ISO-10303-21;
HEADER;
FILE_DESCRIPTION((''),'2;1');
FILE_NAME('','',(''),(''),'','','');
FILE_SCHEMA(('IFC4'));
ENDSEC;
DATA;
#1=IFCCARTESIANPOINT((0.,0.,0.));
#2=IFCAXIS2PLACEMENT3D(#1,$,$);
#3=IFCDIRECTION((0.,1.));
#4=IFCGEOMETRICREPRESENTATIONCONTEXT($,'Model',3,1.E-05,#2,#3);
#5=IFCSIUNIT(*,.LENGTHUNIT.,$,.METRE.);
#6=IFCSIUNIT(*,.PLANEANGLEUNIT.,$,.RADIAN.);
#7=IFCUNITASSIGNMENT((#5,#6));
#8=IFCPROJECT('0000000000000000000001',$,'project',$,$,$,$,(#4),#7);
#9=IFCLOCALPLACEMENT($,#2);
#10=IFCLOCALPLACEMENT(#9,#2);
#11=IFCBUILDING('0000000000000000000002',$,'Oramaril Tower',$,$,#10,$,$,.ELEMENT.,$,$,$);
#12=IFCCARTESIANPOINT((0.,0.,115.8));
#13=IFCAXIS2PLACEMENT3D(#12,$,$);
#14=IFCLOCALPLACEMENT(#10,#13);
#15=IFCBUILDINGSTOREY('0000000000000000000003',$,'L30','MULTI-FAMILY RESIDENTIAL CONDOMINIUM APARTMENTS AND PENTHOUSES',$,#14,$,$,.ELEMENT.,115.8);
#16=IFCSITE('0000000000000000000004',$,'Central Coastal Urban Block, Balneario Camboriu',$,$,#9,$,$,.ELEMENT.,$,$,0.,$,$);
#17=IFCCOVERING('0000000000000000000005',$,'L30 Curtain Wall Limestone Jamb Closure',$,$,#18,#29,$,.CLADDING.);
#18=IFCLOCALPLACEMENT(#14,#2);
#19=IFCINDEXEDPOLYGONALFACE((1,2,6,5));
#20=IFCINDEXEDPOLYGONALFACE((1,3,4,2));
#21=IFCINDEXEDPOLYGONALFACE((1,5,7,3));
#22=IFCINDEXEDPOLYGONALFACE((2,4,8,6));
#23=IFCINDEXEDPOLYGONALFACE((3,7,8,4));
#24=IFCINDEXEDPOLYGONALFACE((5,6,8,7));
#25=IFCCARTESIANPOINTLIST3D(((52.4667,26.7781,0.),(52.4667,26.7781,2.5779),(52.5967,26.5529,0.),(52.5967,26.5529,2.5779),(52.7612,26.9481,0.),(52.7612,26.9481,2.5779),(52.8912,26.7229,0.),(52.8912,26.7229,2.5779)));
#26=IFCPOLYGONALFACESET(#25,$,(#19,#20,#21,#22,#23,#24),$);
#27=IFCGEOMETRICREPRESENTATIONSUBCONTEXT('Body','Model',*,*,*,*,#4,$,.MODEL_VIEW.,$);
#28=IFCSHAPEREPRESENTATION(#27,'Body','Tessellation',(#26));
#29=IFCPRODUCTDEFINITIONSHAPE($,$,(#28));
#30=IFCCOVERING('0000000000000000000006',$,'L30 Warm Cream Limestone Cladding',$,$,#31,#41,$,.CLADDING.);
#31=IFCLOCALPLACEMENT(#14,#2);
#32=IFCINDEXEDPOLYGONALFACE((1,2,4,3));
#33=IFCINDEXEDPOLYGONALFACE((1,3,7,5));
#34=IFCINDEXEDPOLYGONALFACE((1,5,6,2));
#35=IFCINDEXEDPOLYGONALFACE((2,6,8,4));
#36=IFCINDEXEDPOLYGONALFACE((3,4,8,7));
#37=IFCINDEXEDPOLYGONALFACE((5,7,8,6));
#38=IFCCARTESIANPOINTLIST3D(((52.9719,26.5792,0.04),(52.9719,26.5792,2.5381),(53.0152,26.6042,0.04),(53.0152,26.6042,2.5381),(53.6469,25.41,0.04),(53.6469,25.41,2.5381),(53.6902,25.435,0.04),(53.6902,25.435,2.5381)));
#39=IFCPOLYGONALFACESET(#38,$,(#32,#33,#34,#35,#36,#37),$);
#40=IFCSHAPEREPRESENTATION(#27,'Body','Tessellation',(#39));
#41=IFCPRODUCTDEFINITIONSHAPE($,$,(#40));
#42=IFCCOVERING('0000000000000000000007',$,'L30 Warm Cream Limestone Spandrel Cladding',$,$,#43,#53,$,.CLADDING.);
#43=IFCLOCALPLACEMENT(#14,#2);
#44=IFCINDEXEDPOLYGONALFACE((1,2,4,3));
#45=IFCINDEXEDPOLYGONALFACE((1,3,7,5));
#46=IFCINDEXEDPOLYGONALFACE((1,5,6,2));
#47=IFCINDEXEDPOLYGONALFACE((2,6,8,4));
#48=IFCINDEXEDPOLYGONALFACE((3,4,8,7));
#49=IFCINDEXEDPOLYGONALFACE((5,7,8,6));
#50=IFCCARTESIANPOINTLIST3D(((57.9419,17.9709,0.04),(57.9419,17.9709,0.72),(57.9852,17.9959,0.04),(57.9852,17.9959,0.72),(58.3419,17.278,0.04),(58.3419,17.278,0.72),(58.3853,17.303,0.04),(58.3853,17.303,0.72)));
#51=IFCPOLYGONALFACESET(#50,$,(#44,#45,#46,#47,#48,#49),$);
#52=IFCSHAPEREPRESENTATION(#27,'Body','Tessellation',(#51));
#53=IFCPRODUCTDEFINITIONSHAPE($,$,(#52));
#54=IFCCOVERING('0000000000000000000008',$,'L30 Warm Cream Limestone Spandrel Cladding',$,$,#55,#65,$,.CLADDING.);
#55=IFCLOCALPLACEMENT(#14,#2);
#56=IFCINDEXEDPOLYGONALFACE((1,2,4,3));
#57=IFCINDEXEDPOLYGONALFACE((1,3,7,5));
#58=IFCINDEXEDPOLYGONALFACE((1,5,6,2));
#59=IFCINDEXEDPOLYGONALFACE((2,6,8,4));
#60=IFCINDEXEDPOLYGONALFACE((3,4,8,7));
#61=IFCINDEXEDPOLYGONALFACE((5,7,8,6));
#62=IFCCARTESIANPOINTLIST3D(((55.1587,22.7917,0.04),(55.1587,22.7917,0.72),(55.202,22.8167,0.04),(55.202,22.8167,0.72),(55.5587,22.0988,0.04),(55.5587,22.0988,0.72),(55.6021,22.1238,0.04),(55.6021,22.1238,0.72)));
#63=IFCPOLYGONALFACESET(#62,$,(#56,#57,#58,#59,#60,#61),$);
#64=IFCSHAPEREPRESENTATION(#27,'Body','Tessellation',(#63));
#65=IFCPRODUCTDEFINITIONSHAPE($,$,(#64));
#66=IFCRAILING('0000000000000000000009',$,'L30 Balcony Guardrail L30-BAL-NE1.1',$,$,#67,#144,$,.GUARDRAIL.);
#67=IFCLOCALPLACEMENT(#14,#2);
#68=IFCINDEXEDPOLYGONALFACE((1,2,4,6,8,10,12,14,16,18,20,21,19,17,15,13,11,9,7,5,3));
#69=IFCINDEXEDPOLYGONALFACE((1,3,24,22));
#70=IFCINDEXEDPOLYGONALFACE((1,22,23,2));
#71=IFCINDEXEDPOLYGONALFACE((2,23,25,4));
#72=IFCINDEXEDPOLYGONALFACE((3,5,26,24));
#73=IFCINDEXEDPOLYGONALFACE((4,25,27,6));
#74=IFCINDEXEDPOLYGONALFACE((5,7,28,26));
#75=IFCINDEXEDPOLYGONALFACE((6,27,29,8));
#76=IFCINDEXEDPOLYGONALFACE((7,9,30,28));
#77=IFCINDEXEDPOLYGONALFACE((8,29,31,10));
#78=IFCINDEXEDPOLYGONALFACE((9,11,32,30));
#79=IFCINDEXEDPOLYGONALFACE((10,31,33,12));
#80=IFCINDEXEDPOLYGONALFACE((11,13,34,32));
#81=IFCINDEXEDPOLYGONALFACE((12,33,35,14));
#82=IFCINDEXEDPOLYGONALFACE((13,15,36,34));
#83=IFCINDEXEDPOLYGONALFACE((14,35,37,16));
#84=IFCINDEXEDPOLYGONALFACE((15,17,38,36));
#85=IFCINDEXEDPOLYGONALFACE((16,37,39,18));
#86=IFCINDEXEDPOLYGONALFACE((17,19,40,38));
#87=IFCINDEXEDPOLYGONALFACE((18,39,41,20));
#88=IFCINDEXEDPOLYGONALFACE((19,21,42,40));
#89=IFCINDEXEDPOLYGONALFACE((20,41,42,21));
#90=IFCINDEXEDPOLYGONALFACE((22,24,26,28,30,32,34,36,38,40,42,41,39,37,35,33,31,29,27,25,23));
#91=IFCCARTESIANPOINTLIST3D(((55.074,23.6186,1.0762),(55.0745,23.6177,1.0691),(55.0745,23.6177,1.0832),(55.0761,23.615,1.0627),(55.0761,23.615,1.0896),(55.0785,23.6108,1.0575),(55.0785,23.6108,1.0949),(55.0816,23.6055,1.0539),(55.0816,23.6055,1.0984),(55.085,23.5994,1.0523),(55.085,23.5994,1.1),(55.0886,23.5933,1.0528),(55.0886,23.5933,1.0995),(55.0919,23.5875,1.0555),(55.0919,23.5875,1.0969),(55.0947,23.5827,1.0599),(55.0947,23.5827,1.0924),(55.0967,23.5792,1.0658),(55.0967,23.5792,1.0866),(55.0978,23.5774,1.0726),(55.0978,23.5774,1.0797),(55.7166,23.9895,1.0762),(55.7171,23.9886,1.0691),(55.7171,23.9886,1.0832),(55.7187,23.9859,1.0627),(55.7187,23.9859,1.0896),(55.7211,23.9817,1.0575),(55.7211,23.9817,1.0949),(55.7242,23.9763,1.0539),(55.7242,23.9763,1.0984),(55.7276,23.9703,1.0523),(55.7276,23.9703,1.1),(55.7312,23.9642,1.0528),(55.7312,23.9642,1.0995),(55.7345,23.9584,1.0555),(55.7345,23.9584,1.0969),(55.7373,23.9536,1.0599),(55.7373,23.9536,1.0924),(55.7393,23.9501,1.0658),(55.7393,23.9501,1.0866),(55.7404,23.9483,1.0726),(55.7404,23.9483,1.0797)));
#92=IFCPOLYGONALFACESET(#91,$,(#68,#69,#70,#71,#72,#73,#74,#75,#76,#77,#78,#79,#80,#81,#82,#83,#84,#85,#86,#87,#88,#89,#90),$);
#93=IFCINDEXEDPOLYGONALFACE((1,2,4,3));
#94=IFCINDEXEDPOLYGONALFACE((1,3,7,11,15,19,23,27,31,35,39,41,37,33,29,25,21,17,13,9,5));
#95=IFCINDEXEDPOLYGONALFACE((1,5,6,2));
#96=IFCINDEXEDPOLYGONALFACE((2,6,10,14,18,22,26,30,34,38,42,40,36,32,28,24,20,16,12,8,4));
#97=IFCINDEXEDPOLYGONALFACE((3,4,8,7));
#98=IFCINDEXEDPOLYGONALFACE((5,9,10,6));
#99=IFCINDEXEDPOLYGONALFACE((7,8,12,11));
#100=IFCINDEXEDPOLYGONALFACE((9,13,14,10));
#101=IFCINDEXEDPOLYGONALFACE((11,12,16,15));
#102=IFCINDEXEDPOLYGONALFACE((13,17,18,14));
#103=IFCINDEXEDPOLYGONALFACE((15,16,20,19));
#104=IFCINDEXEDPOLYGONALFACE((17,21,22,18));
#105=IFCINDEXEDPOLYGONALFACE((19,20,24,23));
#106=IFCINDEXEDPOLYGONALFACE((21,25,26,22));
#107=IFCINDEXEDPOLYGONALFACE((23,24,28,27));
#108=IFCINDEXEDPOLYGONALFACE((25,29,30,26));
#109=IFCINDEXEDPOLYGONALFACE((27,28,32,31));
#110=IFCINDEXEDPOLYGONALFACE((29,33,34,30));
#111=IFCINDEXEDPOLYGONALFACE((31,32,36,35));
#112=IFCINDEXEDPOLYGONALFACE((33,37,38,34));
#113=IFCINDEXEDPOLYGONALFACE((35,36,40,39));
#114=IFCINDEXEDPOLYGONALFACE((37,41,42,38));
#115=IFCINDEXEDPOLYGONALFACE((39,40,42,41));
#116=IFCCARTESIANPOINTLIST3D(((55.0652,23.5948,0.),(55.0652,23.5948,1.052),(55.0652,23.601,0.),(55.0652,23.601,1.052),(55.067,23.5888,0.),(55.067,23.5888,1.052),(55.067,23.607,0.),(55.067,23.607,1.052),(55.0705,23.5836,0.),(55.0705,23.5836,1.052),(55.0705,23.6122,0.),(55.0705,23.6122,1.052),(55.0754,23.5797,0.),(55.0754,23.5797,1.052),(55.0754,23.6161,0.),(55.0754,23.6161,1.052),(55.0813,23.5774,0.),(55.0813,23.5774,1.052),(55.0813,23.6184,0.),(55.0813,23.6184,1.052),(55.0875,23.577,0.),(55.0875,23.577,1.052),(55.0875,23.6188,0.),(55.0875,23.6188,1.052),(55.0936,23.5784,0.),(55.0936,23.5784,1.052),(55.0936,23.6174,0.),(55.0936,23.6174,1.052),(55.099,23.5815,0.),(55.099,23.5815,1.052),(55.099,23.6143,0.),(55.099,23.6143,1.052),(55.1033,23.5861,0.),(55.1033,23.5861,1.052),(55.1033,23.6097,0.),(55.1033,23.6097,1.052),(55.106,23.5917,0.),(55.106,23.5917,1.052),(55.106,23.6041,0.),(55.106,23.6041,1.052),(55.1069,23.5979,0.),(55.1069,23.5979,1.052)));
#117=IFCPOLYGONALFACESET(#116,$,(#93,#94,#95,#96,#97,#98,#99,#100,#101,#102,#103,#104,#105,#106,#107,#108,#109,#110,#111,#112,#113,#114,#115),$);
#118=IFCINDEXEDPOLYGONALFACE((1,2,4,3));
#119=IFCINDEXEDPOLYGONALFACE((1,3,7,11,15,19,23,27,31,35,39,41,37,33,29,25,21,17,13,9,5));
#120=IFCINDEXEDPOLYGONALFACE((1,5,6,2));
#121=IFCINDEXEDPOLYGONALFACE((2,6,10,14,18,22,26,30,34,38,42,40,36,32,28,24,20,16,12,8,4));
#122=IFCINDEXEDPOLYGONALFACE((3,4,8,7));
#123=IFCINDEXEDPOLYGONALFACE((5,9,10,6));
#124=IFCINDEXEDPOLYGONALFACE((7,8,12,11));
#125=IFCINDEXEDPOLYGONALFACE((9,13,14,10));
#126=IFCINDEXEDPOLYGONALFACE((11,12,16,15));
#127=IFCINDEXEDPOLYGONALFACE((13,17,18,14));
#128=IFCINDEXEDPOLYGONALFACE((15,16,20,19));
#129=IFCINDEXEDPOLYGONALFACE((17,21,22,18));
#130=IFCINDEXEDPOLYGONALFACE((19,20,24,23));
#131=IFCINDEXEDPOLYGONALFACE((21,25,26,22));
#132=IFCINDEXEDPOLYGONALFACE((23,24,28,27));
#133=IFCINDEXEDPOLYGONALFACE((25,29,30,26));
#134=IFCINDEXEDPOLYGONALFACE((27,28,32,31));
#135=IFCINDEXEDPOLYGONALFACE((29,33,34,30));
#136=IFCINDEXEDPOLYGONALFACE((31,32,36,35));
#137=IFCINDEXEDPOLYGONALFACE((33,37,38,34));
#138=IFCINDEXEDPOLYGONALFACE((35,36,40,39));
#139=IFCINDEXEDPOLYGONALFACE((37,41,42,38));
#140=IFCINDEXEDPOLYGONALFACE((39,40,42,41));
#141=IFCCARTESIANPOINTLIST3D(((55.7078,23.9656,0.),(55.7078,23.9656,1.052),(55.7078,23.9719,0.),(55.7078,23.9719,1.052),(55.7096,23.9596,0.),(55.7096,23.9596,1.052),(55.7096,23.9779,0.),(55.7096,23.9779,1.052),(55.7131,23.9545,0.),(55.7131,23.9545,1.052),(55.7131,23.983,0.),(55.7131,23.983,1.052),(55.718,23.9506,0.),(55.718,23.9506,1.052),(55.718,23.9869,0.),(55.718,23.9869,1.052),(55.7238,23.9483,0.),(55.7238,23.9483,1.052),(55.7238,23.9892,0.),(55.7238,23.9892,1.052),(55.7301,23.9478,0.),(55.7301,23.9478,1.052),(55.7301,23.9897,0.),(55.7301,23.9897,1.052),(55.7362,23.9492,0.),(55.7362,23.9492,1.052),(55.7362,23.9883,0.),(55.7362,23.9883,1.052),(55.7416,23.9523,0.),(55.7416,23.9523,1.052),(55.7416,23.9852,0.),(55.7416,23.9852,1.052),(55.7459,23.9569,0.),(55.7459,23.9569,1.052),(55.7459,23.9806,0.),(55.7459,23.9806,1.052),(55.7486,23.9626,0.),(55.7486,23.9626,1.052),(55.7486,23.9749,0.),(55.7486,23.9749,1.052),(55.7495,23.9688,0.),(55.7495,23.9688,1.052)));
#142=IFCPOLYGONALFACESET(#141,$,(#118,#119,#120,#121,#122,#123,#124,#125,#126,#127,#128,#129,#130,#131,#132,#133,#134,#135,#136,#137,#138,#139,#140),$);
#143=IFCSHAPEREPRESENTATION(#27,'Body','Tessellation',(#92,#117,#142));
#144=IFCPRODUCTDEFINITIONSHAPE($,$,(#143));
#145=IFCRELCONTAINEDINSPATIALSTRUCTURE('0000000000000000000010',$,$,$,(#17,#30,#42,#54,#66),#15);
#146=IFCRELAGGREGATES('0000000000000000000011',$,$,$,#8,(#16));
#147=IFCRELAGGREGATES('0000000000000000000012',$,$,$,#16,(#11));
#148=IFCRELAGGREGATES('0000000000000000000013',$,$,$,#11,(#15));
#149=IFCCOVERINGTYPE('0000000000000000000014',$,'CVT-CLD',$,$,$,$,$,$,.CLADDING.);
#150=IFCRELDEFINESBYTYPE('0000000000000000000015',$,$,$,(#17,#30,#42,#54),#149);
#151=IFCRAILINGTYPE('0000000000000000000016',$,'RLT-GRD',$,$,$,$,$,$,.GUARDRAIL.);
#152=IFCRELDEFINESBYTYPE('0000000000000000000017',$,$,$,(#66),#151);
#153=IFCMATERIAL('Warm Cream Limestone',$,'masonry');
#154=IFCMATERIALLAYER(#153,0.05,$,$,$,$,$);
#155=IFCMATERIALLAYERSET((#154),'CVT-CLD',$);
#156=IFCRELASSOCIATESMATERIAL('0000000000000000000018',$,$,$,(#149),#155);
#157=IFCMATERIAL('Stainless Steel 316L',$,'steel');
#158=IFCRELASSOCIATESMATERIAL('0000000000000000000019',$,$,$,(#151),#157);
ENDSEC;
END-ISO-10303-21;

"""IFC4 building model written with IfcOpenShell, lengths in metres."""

from ifc_helpers import new_model, si_unit, direction, frame, origin, origin_2d, place, context, subcontext, project, spatial, rectangle, circle, extrude, material, layer, layer_set, type_object, element, save


model = new_model("IFC4")

# Units and contexts
model_context = context("Model", 3, precision=1e-05, world=origin(), true_north=direction((0.0, 1.0)))
body_context = subcontext(model_context, "Body", "Model", "MODEL_VIEW")
ifc_project = project(units=[si_unit("LENGTHUNIT", "METRE"), si_unit("PLANEANGLEUNIT", "RADIAN")], contexts=[model_context])

# Site, building, storey
site_placement = place(None, origin())
site = spatial("IfcSite", under=ifc_project, at=site_placement, Name="Central Coastal Urban Block, Balneario Camboriu", CompositionType="ELEMENT", RefElevation=0.0)
building_placement = place(site_placement, origin())
building = spatial("IfcBuilding", under=site, at=building_placement, Name="Oramaril Tower", CompositionType="ELEMENT")
storey_placement = place(building_placement, frame((0.0, 0.0, 115.8)))
storey = spatial("IfcBuildingStorey", under=building, at=storey_placement, Name="L30", Description="MULTI-FAMILY RESIDENTIAL CONDOMINIUM APARTMENTS AND PENTHOUSES", CompositionType="ELEMENT", Elevation=115.8)

# Coverings
ifc_material_1 = material(Name="Warm Cream Limestone", Category="masonry")
ifc_layer_1 = layer(ifc_material_1, 0.05)
ifc_layer_set_1 = layer_set([ifc_layer_1], Name="CVT-CLD")
covering_type = type_object("IfcCoveringType", Name="CVT-CLD", PredefinedType="CLADDING", material=ifc_layer_set_1)
covering_1_placement = place(storey_placement, frame((52.679, 26.7505, 0.0), z_axis=(0.0, 0.0, 1.0), x_axis=(-0.5, 0.866025, 0.0)))
element("IfcCovering", 1, at=covering_1_placement, inside=storey, type_object=covering_type, Name="L30 Curtain Wall Limestone Jamb Closure", PredefinedType="CLADDING", context=body_context, shape_type="SweptSolid", body=[
    extrude(rectangle(XDim=0.26, YDim=0.3401, at=origin_2d()), origin(), (0.0, 0.0, 1.0), 2.5779),
])
covering_2_placement = place(storey_placement, frame((53.3311, 26.0071, 0.04), z_axis=(0.0, 0.0, 1.0), x_axis=(-0.499998, 0.866026, 0.0)))
element("IfcCovering", 2, at=covering_2_placement, inside=storey, type_object=covering_type, Name="L30 Warm Cream Limestone Cladding", PredefinedType="CLADDING", context=body_context, shape_type="SweptSolid", body=[
    extrude(rectangle(XDim=1.3501, YDim=0.05, at=origin_2d()), origin(), (0.0, 0.0, 1.0), 2.498),
])
for number, where, z_axis, x_axis, name in (
    (3, (58.1636, 17.637, 0.04), (0.0, 0.0, 1.0), (-0.499998, 0.866026, 0.0), "L30 Warm Cream Limestone Spandrel Cladding"),
    (4, (55.3804, 22.4578, 0.04), (0.0, 0.0, 1.0), (-0.499998, 0.866026, 0.0), "L30 Warm Cream Limestone Spandrel Cladding"),
):
    element("IfcCovering", number, at=place(storey_placement, frame(where, z_axis=z_axis, x_axis=x_axis)), inside=storey, type_object=covering_type, Name=name, PredefinedType="CLADDING", context=body_context, shape_type="SweptSolid", body=[
        extrude(rectangle(XDim=0.8, YDim=0.05, at=origin_2d()), origin(), (0.0, 0.0, 1.0), 0.6799),
    ])

# Railing
ifc_material_2 = material(Name="Stainless Steel 316L", Category="steel")
railing_type = type_object("IfcRailingType", Name="RLT-GRD", PredefinedType="GUARDRAIL", material=ifc_material_2)
railing_1_placement = place(storey_placement, frame((55.0859, 23.5979, 0.0)))
element("IfcRailing", 5, at=railing_1_placement, inside=storey, type_object=railing_type, Name="L30 Balcony Guardrail L30-BAL-NE1.1", PredefinedType="GUARDRAIL", context=body_context, shape_type="SweptSolid", body=[
    extrude(circle(Radius=0.0239, at=origin_2d()), frame((0.0, 0.0, 1.0762), z_axis=(0.866109, 0.499855, 0.0), x_axis=(-0.499855, 0.866109, 0.0)), (0.0, 0.0, 1.0), 0.7419),
    extrude(circle(Radius=0.021, at=origin_2d()), origin(), (0.0, 0.0, 1.0), 1.052),
    extrude(circle(Radius=0.021, at=origin_2d()), frame((0.6426, 0.3708, 0.0)), (0.0, 0.0, 1.0), 1.052),
])

save(model, "model.ifc")
